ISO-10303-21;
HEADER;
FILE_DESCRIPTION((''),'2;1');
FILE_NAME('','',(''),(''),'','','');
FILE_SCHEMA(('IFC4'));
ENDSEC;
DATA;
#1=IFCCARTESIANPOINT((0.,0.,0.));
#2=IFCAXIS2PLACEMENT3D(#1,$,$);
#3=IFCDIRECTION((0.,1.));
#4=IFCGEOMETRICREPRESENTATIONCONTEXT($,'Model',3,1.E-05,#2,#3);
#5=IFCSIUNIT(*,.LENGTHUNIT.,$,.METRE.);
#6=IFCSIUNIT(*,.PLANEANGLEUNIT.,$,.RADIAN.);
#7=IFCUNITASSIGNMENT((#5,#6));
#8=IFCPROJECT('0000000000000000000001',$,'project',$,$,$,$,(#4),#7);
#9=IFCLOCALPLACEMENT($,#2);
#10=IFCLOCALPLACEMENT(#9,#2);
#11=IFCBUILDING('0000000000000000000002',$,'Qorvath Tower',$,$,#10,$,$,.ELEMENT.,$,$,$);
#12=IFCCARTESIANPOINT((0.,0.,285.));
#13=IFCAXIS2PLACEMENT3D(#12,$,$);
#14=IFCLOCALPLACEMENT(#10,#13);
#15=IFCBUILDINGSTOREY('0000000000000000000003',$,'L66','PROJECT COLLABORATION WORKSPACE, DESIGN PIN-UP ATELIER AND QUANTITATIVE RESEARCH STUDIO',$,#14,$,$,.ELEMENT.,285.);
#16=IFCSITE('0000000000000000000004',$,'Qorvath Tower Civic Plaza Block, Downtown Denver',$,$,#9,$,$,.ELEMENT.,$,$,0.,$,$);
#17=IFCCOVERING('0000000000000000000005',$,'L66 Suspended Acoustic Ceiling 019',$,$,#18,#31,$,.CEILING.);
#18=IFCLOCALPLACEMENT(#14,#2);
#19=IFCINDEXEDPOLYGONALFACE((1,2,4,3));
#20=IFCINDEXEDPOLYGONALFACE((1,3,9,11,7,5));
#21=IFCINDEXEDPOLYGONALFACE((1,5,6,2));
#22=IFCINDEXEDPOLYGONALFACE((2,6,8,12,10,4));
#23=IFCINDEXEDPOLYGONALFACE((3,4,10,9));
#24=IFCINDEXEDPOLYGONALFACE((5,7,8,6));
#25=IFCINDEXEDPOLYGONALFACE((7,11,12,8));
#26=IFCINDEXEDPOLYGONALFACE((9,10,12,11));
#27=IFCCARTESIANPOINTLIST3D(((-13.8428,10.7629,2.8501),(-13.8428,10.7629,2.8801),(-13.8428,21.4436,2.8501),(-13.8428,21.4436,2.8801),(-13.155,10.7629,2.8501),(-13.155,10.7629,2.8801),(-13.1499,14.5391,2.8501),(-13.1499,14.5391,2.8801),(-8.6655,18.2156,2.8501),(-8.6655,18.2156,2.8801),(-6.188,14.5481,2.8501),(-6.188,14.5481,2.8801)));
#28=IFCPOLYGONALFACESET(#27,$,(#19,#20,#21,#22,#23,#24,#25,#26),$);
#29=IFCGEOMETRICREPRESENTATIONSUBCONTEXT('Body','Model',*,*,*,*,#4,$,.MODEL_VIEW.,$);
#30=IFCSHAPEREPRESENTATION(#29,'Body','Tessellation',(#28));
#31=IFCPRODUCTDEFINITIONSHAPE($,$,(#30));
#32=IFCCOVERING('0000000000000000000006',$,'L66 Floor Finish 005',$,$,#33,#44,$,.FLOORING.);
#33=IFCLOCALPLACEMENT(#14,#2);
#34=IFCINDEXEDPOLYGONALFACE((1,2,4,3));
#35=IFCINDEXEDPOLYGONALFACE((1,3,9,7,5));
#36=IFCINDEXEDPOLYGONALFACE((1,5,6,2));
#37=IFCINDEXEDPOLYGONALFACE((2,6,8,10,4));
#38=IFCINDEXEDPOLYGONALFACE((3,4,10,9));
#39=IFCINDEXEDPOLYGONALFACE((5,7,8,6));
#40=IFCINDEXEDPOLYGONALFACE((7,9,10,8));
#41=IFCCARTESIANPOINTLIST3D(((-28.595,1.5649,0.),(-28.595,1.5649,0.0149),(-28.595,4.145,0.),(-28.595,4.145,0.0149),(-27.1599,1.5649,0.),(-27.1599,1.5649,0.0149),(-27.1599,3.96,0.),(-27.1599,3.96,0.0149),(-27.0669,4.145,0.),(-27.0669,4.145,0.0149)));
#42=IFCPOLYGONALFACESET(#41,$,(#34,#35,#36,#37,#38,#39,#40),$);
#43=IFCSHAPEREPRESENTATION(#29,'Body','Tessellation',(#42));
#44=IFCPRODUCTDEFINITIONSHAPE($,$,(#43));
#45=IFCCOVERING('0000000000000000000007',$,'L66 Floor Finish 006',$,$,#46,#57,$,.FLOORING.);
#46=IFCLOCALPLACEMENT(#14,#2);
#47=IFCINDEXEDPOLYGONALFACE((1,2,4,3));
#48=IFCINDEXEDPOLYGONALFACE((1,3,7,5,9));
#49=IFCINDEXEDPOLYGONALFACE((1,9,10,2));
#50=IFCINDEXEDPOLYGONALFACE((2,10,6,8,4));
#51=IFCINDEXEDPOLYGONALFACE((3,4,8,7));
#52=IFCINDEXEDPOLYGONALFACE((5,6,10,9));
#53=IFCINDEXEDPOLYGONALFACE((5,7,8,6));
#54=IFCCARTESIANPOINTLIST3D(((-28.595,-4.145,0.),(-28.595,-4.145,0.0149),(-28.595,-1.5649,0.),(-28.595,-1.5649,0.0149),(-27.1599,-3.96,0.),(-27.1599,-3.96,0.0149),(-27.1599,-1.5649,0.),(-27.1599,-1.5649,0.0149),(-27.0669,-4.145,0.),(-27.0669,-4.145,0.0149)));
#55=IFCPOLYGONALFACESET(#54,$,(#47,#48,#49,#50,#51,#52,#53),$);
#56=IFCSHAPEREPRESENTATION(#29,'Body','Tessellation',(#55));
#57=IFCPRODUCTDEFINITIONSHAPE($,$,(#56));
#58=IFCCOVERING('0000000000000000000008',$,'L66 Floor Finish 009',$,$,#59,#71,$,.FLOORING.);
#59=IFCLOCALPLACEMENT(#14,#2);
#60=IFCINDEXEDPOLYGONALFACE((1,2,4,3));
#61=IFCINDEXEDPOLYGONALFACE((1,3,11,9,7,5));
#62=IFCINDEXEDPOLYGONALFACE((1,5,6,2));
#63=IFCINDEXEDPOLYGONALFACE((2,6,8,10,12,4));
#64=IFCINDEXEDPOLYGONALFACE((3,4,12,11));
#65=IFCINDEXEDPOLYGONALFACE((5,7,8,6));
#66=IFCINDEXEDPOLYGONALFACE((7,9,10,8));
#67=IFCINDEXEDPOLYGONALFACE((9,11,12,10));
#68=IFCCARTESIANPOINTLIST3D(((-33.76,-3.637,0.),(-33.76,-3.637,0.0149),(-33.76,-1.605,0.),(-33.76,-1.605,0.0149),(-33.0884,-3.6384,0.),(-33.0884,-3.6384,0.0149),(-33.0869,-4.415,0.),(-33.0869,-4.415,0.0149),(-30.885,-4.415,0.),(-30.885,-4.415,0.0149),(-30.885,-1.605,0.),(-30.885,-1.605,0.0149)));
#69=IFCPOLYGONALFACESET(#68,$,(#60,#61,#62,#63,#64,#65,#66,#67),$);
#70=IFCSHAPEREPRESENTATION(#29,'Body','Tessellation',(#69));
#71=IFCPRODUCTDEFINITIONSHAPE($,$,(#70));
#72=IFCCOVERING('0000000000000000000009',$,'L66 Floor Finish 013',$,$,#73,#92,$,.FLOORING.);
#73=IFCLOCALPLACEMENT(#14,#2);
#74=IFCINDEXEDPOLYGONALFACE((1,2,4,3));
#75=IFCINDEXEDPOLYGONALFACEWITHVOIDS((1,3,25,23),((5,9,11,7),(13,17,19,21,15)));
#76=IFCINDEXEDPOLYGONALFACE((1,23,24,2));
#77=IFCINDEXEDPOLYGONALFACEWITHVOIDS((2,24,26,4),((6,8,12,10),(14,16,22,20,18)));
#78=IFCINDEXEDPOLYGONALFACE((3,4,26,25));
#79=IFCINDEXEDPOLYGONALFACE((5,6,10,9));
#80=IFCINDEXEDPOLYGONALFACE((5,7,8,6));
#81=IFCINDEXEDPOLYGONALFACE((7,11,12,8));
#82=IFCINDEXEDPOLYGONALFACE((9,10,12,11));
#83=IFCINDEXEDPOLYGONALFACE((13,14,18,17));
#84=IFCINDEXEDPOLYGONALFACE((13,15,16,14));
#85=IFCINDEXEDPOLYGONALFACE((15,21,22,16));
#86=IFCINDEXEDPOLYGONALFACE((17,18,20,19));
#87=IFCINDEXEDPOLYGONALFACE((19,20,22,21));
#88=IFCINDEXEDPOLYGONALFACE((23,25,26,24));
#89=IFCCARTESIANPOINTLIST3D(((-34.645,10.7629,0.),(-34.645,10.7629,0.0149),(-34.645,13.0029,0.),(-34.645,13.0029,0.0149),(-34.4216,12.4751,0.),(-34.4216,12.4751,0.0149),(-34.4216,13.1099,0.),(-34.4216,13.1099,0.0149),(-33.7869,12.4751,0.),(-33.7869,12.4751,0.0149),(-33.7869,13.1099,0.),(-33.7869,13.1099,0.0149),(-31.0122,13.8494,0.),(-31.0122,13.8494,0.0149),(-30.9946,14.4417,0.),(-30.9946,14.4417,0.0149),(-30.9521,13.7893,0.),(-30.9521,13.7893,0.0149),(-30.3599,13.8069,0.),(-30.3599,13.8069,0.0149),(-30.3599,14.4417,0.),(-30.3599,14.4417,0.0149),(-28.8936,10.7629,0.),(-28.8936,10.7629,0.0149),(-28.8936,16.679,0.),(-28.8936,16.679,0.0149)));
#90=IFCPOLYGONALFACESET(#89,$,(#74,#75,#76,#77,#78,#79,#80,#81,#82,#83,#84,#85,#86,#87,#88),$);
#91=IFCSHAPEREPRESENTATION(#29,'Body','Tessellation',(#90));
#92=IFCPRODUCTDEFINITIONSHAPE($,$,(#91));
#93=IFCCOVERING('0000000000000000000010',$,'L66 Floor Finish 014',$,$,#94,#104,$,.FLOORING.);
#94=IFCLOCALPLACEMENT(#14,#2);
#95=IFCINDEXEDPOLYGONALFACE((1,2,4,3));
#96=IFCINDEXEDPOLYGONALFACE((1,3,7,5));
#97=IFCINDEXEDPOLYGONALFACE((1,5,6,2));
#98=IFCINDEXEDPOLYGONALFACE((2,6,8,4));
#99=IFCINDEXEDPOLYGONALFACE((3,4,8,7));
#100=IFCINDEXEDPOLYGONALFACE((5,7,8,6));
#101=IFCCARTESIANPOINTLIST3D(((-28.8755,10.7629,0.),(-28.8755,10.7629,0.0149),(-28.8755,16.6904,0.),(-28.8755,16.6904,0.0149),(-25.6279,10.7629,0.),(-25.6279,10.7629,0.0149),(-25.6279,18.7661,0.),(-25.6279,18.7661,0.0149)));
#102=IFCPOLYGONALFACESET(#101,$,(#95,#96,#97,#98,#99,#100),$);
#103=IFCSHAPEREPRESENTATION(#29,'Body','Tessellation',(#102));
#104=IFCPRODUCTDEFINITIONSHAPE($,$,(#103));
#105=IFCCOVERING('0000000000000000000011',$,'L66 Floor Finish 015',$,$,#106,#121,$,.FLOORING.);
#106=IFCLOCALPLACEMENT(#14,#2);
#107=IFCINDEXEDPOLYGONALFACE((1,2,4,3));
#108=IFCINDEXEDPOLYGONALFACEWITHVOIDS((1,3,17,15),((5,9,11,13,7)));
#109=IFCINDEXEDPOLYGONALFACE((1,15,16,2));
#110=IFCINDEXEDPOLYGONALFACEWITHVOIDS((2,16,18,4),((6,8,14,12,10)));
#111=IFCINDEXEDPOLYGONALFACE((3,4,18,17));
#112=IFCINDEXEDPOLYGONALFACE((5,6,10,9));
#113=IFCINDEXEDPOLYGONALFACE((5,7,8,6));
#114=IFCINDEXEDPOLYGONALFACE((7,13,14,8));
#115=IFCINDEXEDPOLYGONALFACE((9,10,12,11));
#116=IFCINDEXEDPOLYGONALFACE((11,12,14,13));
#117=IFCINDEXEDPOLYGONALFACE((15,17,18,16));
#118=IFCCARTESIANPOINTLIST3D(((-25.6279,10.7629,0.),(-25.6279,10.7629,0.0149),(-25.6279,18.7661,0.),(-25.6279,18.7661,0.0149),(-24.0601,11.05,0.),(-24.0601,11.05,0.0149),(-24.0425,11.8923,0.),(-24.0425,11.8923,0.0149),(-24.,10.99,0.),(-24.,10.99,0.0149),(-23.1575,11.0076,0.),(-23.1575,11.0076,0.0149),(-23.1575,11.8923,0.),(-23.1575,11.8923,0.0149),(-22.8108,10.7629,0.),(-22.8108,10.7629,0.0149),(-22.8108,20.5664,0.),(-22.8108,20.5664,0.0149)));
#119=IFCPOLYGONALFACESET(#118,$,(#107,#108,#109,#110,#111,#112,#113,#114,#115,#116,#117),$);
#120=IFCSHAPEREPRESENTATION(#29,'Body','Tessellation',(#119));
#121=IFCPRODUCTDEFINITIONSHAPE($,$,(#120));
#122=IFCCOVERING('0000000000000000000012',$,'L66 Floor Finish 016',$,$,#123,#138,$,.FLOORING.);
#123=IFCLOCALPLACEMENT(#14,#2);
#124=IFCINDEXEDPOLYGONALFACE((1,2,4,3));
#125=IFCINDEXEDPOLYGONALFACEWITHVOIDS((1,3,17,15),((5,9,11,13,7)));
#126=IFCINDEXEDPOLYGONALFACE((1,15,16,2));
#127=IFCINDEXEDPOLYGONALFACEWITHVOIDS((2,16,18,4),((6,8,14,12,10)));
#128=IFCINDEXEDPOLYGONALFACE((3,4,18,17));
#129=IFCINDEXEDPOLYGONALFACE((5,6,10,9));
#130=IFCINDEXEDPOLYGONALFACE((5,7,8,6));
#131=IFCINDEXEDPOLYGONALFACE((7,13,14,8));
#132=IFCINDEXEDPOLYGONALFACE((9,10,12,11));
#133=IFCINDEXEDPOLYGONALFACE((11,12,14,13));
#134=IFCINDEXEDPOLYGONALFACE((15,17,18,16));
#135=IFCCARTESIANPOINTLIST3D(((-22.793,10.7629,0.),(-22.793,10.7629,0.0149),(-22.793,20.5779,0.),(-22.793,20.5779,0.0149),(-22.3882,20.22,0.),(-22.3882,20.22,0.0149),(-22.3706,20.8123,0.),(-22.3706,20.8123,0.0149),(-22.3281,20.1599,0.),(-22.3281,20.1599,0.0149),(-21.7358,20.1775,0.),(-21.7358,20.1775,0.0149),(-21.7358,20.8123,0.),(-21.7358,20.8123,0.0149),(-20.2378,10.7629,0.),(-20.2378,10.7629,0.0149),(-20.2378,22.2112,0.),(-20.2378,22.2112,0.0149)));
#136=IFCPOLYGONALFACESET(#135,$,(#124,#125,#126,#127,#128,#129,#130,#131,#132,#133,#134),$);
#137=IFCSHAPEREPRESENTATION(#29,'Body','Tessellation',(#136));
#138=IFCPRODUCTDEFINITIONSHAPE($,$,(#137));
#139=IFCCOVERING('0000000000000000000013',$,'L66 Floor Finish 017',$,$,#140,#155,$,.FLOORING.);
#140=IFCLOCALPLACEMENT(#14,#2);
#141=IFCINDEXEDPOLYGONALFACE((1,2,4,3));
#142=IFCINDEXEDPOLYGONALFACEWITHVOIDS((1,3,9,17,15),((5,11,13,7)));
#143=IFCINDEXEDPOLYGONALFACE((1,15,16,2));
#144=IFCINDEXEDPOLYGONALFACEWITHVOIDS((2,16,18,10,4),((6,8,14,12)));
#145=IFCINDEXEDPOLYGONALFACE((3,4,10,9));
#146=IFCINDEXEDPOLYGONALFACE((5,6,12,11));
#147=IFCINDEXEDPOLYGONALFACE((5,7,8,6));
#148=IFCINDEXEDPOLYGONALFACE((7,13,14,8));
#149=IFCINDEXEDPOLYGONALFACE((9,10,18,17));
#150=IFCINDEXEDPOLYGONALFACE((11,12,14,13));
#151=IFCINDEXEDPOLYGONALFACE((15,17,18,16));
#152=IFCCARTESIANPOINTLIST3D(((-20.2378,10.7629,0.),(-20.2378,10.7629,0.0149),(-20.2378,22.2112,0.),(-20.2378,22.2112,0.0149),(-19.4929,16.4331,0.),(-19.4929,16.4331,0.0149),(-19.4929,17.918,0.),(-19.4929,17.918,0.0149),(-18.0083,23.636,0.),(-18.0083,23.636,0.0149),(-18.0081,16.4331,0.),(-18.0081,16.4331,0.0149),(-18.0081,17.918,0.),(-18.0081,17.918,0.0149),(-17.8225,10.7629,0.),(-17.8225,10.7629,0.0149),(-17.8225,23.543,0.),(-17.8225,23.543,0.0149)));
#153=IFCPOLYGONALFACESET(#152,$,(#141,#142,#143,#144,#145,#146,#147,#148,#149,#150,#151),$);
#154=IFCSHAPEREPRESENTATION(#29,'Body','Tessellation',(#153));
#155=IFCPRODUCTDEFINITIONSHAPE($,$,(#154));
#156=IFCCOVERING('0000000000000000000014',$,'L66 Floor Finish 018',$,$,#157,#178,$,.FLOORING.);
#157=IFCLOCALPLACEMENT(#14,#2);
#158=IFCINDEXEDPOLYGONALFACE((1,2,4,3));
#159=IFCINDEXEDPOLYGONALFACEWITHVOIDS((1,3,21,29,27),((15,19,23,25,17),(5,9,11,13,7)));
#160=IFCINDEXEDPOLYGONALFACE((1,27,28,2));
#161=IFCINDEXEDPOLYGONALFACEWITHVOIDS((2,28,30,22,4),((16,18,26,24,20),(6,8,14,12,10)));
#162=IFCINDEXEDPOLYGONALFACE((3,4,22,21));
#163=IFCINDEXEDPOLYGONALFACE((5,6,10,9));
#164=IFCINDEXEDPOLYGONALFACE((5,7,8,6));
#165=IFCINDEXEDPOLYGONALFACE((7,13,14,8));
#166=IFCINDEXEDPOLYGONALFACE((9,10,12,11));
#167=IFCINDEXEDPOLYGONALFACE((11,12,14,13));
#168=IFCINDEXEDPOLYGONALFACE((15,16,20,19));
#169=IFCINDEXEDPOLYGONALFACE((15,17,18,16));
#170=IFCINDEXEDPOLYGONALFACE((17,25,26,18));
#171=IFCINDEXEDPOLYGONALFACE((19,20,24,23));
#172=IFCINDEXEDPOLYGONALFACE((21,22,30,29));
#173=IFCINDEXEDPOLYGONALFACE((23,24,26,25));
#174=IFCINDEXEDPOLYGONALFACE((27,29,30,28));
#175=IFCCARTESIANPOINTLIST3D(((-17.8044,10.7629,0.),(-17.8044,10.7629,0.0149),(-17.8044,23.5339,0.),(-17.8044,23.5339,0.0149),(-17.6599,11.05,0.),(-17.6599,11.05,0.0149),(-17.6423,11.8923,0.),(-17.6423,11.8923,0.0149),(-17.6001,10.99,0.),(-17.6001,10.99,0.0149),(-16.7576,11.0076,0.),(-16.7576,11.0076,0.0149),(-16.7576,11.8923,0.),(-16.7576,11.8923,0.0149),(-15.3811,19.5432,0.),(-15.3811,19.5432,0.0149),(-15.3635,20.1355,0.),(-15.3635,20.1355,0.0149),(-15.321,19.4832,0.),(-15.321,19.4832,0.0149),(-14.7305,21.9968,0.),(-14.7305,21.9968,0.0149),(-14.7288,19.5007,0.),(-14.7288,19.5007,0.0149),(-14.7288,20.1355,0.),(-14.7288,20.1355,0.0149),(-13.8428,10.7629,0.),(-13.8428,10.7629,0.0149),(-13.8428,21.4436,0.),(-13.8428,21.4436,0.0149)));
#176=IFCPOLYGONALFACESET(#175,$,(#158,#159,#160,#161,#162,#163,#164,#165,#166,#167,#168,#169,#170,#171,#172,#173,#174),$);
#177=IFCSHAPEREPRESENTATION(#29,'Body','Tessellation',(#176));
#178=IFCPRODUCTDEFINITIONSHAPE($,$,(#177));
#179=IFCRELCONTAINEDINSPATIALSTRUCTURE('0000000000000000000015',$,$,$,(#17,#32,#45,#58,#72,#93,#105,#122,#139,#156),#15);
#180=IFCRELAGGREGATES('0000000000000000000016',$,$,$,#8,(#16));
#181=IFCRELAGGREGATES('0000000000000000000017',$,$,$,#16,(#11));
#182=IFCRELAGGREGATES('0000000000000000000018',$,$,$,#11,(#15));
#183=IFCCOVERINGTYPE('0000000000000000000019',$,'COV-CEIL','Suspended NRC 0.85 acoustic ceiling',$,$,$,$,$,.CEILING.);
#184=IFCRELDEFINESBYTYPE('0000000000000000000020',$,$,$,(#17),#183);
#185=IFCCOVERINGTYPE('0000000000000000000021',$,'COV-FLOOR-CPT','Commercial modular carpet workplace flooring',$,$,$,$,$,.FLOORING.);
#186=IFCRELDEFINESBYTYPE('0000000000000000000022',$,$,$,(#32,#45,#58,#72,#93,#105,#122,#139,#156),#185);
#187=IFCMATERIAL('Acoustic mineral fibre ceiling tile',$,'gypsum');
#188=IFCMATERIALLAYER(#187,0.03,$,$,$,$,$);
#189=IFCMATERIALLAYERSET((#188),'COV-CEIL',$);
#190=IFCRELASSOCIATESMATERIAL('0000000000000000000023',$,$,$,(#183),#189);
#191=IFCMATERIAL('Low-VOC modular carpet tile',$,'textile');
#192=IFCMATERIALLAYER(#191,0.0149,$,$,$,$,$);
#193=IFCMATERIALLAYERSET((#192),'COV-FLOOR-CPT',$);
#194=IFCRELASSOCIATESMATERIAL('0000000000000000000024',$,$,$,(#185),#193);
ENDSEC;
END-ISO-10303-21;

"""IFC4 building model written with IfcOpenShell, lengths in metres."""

from ifc_helpers import new_model, si_unit, direction, frame, origin, place, context, subcontext, project, spatial, polyline, outline, extrude, material, layer, layer_set, type_object, element, save


model = new_model("IFC4")

# Units and contexts
model_context = context("Model", 3, precision=1e-05, world=origin(), true_north=direction((0.0, 1.0)))
body_context = subcontext(model_context, "Body", "Model", "MODEL_VIEW")
ifc_project = project(units=[si_unit("LENGTHUNIT", "METRE"), si_unit("PLANEANGLEUNIT", "RADIAN")], contexts=[model_context])

# Site, building, storey
site_placement = place(None, origin())
site = spatial("IfcSite", under=ifc_project, at=site_placement, Name="Qorvath Tower Civic Plaza Block, Downtown Denver", CompositionType="ELEMENT", RefElevation=0.0)
building_placement = place(site_placement, origin())
building = spatial("IfcBuilding", under=site, at=building_placement, Name="Qorvath Tower", CompositionType="ELEMENT")
storey_placement = place(building_placement, frame((0.0, 0.0, 285.0)))
storey = spatial("IfcBuildingStorey", under=building, at=storey_placement, Name="L66", Description="PROJECT COLLABORATION WORKSPACE, DESIGN PIN-UP ATELIER AND QUANTITATIVE RESEARCH STUDIO", CompositionType="ELEMENT", Elevation=285.0)

# Coverings
ifc_material_1 = material(Name="Acoustic mineral fibre ceiling tile", Category="gypsum")
ifc_layer_1 = layer(ifc_material_1, 0.03)
ifc_layer_set_1 = layer_set([ifc_layer_1], Name="COV-CEIL")
covering_type_1 = type_object("IfcCoveringType", Name="COV-CEIL", Description="Suspended NRC 0.85 acoustic ceiling", PredefinedType="CEILING", material=ifc_layer_set_1)
covering_1_placement = place(storey_placement, frame((0.0, 0.0, 2.8501)))
element("IfcCovering", 1, at=covering_1_placement, inside=storey, type_object=covering_type_1, Name="L66 Suspended Acoustic Ceiling 019", PredefinedType="CEILING", context=body_context, shape_type="SweptSolid", body=[
    extrude(outline(polyline([(-6.188, 14.5481), (-8.6655, 18.2156), (-13.8428, 21.4436), (-13.8428, 10.7629), (-13.155, 10.7629), (-13.1499, 14.5391), (-6.188, 14.5481)])), origin(), (0.0, 0.0, 1.0), 0.03),
])
ifc_material_2 = material(Name="Low-VOC modular carpet tile", Category="textile")
ifc_layer_2 = layer(ifc_material_2, 0.0149)
ifc_layer_set_2 = layer_set([ifc_layer_2], Name="COV-FLOOR-CPT")
covering_type_2 = type_object("IfcCoveringType", Name="COV-FLOOR-CPT", Description="Commercial modular carpet workplace flooring", PredefinedType="FLOORING", material=ifc_layer_set_2)
covering_2_placement = place(storey_placement, origin())
element("IfcCovering", 2, at=covering_2_placement, inside=storey, type_object=covering_type_2, Name="L66 Floor Finish 005", PredefinedType="FLOORING", context=body_context, shape_type="SweptSolid", body=[
    extrude(outline(polyline([(-27.1599, 1.5649), (-27.1599, 3.96), (-27.0669, 4.145), (-28.595, 4.145), (-28.595, 1.5649), (-27.1599, 1.5649)])), origin(), (0.0, 0.0, 1.0), 0.0149),
])
covering_3_placement = place(storey_placement, origin())
element("IfcCovering", 3, at=covering_3_placement, inside=storey, type_object=covering_type_2, Name="L66 Floor Finish 006", PredefinedType="FLOORING", context=body_context, shape_type="SweptSolid", body=[
    extrude(outline(polyline([(-27.0669, -4.145), (-27.1599, -3.96), (-27.1599, -1.5649), (-28.595, -1.5649), (-28.595, -4.145), (-27.0669, -4.145)])), origin(), (0.0, 0.0, 1.0), 0.0149),
])
covering_4_placement = place(storey_placement, origin())
element("IfcCovering", 4, at=covering_4_placement, inside=storey, type_object=covering_type_2, Name="L66 Floor Finish 009", PredefinedType="FLOORING", context=body_context, shape_type="SweptSolid", body=[
    extrude(outline(polyline([(-30.885, -4.415), (-30.885, -1.605), (-33.76, -1.605), (-33.76, -3.637), (-33.0884, -3.6384), (-33.0869, -4.415), (-30.885, -4.415)])), origin(), (0.0, 0.0, 1.0), 0.0149),
])
covering_5_placement = place(storey_placement, origin())
element("IfcCovering", 5, at=covering_5_placement, inside=storey, type_object=covering_type_2, Name="L66 Floor Finish 013", PredefinedType="FLOORING", context=body_context, shape_type="SweptSolid", body=[
    extrude(outline(polyline([(-28.8936, 16.679), (-34.645, 13.0029), (-34.645, 10.7629), (-28.8936, 10.7629), (-28.8936, 16.679)]), holes=[polyline([(-30.9946, 14.4417), (-30.3599, 14.4417), (-30.3599, 13.8069), (-30.9521, 13.7893), (-31.0122, 13.8494), (-30.9946, 14.4417)]), polyline([(-34.4216, 13.1099), (-33.7869, 13.1099), (-33.7869, 12.4751), (-34.4216, 12.4751), (-34.4216, 13.1099)])]), origin(), (0.0, 0.0, 1.0), 0.0149),
])
covering_6_placement = place(storey_placement, origin())
element("IfcCovering", 6, at=covering_6_placement, inside=storey, type_object=covering_type_2, Name="L66 Floor Finish 014", PredefinedType="FLOORING", context=body_context, shape_type="SweptSolid", body=[
    extrude(outline(polyline([(-28.8755, 10.7629), (-25.6279, 10.7629), (-25.6279, 18.7661), (-28.8755, 16.6904), (-28.8755, 10.7629)])), origin(), (0.0, 0.0, 1.0), 0.0149),
])
covering_7_placement = place(storey_placement, origin())
element("IfcCovering", 7, at=covering_7_placement, inside=storey, type_object=covering_type_2, Name="L66 Floor Finish 015", PredefinedType="FLOORING", context=body_context, shape_type="SweptSolid", body=[
    extrude(outline(polyline([(-25.6279, 18.7661), (-25.6279, 10.7629), (-22.8108, 10.7629), (-22.8108, 20.5664), (-25.6279, 18.7661)]), holes=[polyline([(-24.0601, 11.05), (-24.0425, 11.8923), (-23.1575, 11.8923), (-23.1575, 11.0076), (-24.0, 10.99), (-24.0601, 11.05)])]), origin(), (0.0, 0.0, 1.0), 0.0149),
])
covering_8_placement = place(storey_placement, origin())
element("IfcCovering", 8, at=covering_8_placement, inside=storey, type_object=covering_type_2, Name="L66 Floor Finish 016", PredefinedType="FLOORING", context=body_context, shape_type="SweptSolid", body=[
    extrude(outline(polyline([(-20.2378, 10.7629), (-20.2378, 22.2112), (-22.793, 20.5779), (-22.793, 10.7629), (-20.2378, 10.7629)]), holes=[polyline([(-22.3882, 20.22), (-22.3706, 20.8123), (-21.7358, 20.8123), (-21.7358, 20.1775), (-22.3281, 20.1599), (-22.3882, 20.22)])]), origin(), (0.0, 0.0, 1.0), 0.0149),
])
covering_9_placement = place(storey_placement, origin())
element("IfcCovering", 9, at=covering_9_placement, inside=storey, type_object=covering_type_2, Name="L66 Floor Finish 017", PredefinedType="FLOORING", context=body_context, shape_type="SweptSolid", body=[
    extrude(outline(polyline([(-17.8225, 10.7629), (-17.8225, 23.543), (-18.0083, 23.636), (-20.2378, 22.2112), (-20.2378, 10.7629), (-17.8225, 10.7629)]), holes=[polyline([(-19.4929, 16.4331), (-19.4929, 17.918), (-18.0081, 17.918), (-18.0081, 16.4331), (-19.4929, 16.4331)])]), origin(), (0.0, 0.0, 1.0), 0.0149),
])
covering_10_placement = place(storey_placement, origin())
element("IfcCovering", 10, at=covering_10_placement, inside=storey, type_object=covering_type_2, Name="L66 Floor Finish 018", PredefinedType="FLOORING", context=body_context, shape_type="SweptSolid", body=[
    extrude(outline(polyline([(-13.8428, 10.7629), (-13.8428, 21.4436), (-14.7305, 21.9968), (-17.8044, 23.5339), (-17.8044, 10.7629), (-13.8428, 10.7629)]), holes=[polyline([(-15.3811, 19.5432), (-15.3635, 20.1355), (-14.7288, 20.1355), (-14.7288, 19.5007), (-15.321, 19.4832), (-15.3811, 19.5432)]), polyline([(-17.6599, 11.05), (-17.6423, 11.8923), (-16.7576, 11.8923), (-16.7576, 11.0076), (-17.6001, 10.99), (-17.6599, 11.05)])]), origin(), (0.0, 0.0, 1.0), 0.0149),
])

save(model, "model.ifc")
